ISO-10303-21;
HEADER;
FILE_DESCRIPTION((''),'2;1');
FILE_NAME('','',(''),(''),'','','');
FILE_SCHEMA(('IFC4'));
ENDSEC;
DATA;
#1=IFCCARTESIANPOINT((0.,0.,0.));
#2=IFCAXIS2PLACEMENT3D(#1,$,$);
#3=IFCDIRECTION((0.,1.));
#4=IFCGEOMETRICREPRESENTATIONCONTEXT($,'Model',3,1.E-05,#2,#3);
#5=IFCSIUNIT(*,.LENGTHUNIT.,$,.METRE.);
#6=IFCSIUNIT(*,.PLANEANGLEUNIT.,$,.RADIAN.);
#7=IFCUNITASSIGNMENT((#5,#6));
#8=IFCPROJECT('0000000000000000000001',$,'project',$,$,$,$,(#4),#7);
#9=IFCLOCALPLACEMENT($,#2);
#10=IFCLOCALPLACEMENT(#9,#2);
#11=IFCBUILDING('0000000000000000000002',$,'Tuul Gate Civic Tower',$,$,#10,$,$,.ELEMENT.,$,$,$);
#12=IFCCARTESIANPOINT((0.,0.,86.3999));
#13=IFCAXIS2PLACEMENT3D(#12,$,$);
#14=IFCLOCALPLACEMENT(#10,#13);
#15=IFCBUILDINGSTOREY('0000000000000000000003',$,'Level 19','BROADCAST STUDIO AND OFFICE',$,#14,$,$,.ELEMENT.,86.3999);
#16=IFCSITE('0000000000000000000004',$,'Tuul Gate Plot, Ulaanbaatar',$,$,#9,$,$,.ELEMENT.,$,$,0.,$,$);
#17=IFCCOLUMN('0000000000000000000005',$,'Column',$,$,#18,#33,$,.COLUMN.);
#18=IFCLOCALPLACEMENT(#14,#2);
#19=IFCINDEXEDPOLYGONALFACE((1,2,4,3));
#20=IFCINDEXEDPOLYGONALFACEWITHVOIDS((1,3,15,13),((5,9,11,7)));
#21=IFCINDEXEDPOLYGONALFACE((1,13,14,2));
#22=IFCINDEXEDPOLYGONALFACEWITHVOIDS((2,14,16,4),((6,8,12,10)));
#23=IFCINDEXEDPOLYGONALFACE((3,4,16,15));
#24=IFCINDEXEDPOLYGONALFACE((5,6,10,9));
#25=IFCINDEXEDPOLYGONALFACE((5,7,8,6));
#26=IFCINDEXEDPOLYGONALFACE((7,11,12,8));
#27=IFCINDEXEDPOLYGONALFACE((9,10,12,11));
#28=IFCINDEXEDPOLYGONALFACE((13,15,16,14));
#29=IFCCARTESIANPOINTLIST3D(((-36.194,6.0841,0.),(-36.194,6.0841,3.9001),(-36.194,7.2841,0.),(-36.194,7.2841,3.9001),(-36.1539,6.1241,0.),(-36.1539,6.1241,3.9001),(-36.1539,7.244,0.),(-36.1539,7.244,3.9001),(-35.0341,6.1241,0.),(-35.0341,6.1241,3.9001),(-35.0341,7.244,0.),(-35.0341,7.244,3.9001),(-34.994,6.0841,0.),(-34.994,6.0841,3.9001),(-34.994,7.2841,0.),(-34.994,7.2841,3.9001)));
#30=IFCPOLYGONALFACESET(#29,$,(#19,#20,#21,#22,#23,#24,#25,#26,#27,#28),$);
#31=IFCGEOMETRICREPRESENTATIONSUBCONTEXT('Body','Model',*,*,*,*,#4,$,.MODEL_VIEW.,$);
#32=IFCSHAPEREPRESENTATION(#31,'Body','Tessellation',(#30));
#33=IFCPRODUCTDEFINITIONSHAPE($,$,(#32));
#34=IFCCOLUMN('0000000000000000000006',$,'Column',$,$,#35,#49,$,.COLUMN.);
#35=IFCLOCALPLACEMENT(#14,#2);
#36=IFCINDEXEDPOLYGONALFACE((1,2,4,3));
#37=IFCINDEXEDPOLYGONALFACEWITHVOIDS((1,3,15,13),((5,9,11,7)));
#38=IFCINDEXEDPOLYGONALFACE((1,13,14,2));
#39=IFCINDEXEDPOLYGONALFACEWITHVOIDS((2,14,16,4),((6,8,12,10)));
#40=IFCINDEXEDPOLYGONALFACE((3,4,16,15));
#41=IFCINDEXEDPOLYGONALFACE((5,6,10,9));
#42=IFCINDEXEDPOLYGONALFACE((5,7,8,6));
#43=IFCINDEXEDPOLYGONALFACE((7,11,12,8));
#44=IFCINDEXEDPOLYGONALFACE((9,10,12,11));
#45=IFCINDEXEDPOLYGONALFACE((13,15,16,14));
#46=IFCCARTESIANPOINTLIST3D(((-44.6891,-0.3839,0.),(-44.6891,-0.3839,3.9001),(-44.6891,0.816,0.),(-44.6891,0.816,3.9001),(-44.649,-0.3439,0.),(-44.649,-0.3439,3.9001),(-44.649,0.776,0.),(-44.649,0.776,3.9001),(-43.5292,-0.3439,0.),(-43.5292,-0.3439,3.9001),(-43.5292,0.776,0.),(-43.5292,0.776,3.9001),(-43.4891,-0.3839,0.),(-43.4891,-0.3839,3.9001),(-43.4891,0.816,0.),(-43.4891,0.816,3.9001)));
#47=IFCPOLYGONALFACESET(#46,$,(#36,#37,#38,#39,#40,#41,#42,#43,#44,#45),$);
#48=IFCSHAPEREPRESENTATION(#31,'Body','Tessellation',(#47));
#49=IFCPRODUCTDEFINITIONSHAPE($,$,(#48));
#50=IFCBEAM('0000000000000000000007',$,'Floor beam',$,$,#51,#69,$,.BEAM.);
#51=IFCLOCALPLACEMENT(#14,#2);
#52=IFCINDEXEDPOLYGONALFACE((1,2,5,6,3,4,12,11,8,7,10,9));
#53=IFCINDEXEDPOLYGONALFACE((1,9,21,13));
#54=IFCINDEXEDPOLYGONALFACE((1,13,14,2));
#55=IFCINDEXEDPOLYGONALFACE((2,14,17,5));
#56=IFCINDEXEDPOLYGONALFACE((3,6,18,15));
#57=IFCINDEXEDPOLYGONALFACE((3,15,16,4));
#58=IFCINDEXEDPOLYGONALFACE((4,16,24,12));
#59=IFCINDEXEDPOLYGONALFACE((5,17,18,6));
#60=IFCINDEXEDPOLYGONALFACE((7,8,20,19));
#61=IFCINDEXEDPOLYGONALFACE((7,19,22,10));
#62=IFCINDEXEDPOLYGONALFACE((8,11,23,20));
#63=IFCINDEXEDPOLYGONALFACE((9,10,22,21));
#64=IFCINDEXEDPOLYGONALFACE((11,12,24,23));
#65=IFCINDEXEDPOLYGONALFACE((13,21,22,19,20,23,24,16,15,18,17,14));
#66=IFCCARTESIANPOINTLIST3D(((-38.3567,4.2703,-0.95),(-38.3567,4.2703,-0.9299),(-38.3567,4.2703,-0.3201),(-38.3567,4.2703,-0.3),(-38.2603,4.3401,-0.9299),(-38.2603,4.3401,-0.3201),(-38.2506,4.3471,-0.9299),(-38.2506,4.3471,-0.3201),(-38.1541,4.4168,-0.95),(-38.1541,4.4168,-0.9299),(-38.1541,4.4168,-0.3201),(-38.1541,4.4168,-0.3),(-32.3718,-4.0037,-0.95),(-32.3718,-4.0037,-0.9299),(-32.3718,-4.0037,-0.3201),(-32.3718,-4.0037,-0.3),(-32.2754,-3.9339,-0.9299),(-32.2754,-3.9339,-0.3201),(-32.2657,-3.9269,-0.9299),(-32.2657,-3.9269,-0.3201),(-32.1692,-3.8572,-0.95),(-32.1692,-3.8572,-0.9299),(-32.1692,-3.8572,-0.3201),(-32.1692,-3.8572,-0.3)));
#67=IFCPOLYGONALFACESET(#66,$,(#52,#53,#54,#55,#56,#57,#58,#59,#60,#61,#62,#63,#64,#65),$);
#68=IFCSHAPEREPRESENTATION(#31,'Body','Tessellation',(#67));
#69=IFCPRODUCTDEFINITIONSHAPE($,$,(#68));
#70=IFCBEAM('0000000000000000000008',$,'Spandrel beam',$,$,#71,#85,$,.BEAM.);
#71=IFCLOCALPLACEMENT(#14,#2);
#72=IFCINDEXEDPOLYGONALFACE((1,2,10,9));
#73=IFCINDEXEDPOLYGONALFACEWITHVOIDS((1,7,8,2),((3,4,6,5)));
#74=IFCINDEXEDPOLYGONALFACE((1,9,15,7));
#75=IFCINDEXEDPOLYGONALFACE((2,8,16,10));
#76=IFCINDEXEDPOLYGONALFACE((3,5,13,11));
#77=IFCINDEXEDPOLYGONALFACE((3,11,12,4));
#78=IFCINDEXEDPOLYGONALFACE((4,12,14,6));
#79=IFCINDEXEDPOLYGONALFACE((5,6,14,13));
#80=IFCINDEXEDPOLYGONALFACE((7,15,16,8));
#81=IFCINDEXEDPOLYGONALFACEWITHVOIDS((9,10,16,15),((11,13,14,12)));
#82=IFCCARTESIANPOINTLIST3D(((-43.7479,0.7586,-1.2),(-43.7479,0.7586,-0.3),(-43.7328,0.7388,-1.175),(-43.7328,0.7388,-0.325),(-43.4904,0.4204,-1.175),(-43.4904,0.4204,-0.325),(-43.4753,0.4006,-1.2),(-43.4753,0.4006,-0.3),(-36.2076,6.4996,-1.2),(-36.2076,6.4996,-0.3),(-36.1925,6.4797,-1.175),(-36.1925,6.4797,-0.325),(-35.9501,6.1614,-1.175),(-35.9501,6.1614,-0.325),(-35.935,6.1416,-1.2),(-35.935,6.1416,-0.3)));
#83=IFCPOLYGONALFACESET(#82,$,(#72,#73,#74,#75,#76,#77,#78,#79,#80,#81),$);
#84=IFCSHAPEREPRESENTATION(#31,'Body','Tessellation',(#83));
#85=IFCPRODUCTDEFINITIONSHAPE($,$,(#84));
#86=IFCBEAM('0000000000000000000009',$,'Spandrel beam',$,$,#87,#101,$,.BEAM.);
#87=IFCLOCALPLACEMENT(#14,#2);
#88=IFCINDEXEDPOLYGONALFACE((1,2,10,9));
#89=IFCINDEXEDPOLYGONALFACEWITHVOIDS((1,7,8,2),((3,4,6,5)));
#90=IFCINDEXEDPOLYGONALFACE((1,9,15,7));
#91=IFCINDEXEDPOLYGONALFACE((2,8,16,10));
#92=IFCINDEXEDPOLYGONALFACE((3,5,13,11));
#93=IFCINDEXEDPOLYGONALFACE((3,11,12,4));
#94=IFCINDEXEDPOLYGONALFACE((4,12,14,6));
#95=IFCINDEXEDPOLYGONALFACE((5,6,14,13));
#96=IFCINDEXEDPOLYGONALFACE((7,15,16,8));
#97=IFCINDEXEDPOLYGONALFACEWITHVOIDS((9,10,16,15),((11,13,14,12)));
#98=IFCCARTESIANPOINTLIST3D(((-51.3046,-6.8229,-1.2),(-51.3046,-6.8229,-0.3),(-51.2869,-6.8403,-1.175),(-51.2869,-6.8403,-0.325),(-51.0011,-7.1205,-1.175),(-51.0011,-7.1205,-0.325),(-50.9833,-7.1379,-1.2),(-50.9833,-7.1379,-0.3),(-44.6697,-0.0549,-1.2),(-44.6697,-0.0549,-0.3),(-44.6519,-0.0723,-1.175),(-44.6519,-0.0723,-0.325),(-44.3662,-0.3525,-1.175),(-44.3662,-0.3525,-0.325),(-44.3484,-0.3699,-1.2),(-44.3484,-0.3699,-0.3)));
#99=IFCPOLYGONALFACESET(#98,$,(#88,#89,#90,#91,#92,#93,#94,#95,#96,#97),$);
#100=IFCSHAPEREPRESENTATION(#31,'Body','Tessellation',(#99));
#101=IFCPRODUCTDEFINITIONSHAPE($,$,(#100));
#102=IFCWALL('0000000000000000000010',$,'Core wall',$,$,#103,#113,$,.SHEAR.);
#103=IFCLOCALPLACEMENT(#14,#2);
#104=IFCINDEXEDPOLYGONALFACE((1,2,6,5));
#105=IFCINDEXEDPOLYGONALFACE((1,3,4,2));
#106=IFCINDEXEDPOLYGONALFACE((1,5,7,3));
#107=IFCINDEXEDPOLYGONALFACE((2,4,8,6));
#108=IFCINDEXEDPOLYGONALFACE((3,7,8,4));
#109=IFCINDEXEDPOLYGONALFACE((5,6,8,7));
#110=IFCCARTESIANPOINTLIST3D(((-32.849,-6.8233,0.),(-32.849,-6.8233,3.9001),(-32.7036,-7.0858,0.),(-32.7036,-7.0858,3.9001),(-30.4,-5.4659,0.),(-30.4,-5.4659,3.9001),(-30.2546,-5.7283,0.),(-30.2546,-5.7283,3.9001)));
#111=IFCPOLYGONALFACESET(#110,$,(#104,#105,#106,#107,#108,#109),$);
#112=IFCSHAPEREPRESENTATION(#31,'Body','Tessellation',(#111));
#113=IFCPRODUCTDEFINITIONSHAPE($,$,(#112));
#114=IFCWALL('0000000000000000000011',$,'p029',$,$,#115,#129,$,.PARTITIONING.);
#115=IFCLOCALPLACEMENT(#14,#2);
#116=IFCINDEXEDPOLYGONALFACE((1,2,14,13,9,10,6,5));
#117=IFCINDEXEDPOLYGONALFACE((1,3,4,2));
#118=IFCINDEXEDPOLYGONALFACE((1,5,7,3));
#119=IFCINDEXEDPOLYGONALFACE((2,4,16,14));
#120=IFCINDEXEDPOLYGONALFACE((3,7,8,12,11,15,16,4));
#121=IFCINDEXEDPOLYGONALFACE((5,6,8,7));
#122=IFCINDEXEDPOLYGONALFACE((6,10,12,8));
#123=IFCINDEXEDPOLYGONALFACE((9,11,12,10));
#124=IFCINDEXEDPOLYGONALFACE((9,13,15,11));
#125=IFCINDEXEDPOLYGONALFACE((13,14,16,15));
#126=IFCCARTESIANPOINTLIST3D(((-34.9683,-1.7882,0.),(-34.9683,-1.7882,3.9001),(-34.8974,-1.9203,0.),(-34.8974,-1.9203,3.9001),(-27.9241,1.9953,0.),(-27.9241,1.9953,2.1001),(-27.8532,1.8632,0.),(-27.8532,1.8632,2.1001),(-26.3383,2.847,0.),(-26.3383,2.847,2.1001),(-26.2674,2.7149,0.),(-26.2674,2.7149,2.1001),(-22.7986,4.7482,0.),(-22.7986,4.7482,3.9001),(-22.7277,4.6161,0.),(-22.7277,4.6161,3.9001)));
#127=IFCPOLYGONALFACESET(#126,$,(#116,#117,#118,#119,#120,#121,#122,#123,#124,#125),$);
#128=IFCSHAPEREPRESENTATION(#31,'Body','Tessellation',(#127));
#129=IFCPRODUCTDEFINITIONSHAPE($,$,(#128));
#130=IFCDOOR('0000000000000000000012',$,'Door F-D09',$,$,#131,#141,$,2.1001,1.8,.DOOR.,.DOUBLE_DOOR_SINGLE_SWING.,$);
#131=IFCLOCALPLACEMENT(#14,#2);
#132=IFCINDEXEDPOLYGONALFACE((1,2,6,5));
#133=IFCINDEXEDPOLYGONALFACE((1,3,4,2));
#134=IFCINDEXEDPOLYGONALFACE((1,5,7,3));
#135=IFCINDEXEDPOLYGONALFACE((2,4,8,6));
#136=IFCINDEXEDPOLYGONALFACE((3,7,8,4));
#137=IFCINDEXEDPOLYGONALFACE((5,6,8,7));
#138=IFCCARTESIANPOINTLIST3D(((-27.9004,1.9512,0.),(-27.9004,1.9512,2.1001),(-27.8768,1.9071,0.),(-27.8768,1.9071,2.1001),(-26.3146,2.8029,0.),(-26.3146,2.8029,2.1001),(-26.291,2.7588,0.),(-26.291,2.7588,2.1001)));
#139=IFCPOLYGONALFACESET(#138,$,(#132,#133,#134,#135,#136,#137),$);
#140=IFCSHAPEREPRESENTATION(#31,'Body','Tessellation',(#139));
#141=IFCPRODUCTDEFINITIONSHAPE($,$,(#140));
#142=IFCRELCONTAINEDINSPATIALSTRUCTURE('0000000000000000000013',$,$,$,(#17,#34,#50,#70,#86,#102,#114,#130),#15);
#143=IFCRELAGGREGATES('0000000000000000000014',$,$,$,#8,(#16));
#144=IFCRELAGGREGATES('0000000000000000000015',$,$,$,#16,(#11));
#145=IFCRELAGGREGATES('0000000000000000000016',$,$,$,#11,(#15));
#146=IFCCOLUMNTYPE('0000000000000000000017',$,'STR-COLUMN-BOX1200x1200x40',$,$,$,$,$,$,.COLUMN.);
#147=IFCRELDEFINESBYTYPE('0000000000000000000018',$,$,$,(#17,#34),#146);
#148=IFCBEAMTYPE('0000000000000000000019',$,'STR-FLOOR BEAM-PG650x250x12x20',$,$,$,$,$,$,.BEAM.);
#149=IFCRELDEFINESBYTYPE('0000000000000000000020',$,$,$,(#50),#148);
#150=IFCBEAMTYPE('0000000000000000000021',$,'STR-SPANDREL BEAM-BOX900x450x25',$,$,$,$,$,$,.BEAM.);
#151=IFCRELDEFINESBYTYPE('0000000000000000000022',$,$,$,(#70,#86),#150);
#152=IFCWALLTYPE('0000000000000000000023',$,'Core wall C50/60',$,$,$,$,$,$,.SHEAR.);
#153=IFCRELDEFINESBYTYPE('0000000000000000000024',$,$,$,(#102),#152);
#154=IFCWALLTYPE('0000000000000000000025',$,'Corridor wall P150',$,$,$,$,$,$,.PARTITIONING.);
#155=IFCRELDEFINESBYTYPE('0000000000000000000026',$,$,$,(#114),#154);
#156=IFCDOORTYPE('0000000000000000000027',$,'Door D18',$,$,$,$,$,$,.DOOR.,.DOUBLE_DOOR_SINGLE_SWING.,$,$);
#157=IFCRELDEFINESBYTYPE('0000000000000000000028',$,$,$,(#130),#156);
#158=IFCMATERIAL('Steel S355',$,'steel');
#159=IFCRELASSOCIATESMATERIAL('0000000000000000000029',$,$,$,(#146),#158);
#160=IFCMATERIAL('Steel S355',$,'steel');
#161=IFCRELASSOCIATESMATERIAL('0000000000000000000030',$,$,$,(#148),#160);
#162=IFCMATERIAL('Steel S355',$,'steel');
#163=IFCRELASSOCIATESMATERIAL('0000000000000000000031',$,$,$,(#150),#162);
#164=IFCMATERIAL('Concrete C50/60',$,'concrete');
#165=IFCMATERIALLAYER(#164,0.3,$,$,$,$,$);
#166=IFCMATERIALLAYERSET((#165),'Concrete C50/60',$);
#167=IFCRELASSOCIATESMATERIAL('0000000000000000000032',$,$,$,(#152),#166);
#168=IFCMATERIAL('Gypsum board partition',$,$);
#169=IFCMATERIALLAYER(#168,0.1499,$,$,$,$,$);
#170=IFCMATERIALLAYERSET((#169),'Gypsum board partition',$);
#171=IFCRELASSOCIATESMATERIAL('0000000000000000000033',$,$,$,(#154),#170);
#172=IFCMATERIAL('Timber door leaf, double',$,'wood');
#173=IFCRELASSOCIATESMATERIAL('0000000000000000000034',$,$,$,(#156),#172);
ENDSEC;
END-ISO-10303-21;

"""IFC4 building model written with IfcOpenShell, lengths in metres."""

from ifc_helpers import new_model, si_unit, direction, frame, frame_2d, origin, origin_2d, place, context, subcontext, project, spatial, rectangle, hollow_rectangle, i_section, extrude, material, layer, layer_set, material_profile, profile_set, type_object, element, fill, save


model = new_model("IFC4")

# Units and contexts
model_context = context("Model", 3, precision=1e-05, world=origin(), true_north=direction((0.0, 1.0)))
body_context = subcontext(model_context, "Body", "Model", "MODEL_VIEW")
ifc_project = project(units=[si_unit("LENGTHUNIT", "METRE"), si_unit("PLANEANGLEUNIT", "RADIAN")], contexts=[model_context])

# Site, building, storey
site_placement = place(None, origin())
site = spatial("IfcSite", under=ifc_project, at=site_placement, Name="Tuul Gate Plot, Ulaanbaatar", CompositionType="ELEMENT", RefElevation=0.0)
building_placement = place(site_placement, origin())
building = spatial("IfcBuilding", under=site, at=building_placement, Name="Tuul Gate Civic Tower", CompositionType="ELEMENT")
storey_placement = place(building_placement, frame((0.0, 0.0, 86.3999)))
storey = spatial("IfcBuildingStorey", under=building, at=storey_placement, Name="Level 19", Description="BROADCAST STUDIO AND OFFICE", CompositionType="ELEMENT", Elevation=86.3999)

# Columns
ifc_material_1 = material(Name="Steel S355", Category="steel")
ifc_material_profile_1 = material_profile(ifc_material_1, hollow_rectangle(XDim=1.2, YDim=1.2, WallThickness=0.04, at=origin_2d()), Name="BOX1200x1200x40")
ifc_profile_set_1 = profile_set([ifc_material_profile_1], Name="Steel S355")
column_type = type_object("IfcColumnType", Name="STR-COLUMN-BOX1200x1200x40", PredefinedType="COLUMN", material=ifc_profile_set_1)
for number, where, z_axis, x_axis, name in (
    (1, (-35.594, 6.6841, 0.0), (0.0, 0.0, 1.0), (1.0, 0.0, 0.0), "Column"),
    (2, (-44.0891, 0.2161, 0.0), (0.0, 0.0, 1.0), (1.0, 0.0, 0.0), "Column"),
):
    element("IfcColumn", number, at=place(storey_placement, frame(where, z_axis=z_axis, x_axis=x_axis)), inside=storey, type_object=column_type, Name=name, PredefinedType="COLUMN", context=body_context, shape_type="SweptSolid", body=[
        extrude(hollow_rectangle(XDim=1.2, YDim=1.2, WallThickness=0.04, at=origin_2d()), origin(), (0.0, 0.0, 1.0), 3.9001),
    ])

# Beams
ifc_material_2 = material(Name="Steel S355", Category="steel")
ifc_material_profile_2 = material_profile(ifc_material_2, i_section(OverallWidth=0.25, OverallDepth=0.6499, WebThickness=0.012, FlangeThickness=0.02, at=origin_2d()), Name="PG650x250x12x20")
ifc_profile_set_2 = profile_set([ifc_material_profile_2], Name="Steel S355")
beam_type_1 = type_object("IfcBeamType", Name="STR-FLOOR BEAM-PG650x250x12x20", PredefinedType="BEAM", material=ifc_profile_set_2)
beam_1_placement = place(storey_placement, frame((-32.2705, -3.9304, -0.625), z_axis=(-0.586086, 0.810249, 0.0), x_axis=(-0.810249, -0.586086, 0.0)))
element("IfcBeam", 3, at=beam_1_placement, inside=storey, type_object=beam_type_1, Name="Floor beam", PredefinedType="BEAM", context=body_context, shape_type="SweptSolid", body=[
    extrude(i_section(OverallWidth=0.25, OverallDepth=0.6499, WebThickness=0.012, FlangeThickness=0.02, at=origin_2d()), origin(), (0.0, 0.0, 1.0), 10.2117),
])
ifc_material_3 = material(Name="Steel S355", Category="steel")
ifc_material_profile_3 = material_profile(ifc_material_3, hollow_rectangle(XDim=0.45, YDim=0.8999, WallThickness=0.0249, at=origin_2d()), Name="BOX900x450x25")
ifc_profile_set_3 = profile_set([ifc_material_profile_3], Name="Steel S355")
beam_type_2 = type_object("IfcBeamType", Name="STR-SPANDREL BEAM-BOX900x450x25", PredefinedType="BEAM", material=ifc_profile_set_3)
beam_2_placement = place(storey_placement, frame((-36.0713, 6.3206, -0.75), z_axis=(-0.795636, -0.605775, 0.0), x_axis=(0.605775, -0.795636, 0.0)))
element("IfcBeam", 4, at=beam_2_placement, inside=storey, type_object=beam_type_2, Name="Spandrel beam", PredefinedType="BEAM", context=body_context, shape_type="SweptSolid", body=[
    extrude(hollow_rectangle(XDim=0.45, YDim=0.8999, WallThickness=0.0249, at=origin_2d()), origin(), (0.0, 0.0, 1.0), 9.4771),
])
beam_3_placement = place(storey_placement, frame((-44.509, -0.2124, -0.75), z_axis=(-0.700053, -0.714091, 0.0), x_axis=(0.714091, -0.700053, 0.0)))
element("IfcBeam", 5, at=beam_3_placement, inside=storey, type_object=beam_type_2, Name="Spandrel beam", PredefinedType="BEAM", context=body_context, shape_type="SweptSolid", body=[
    extrude(hollow_rectangle(XDim=0.45, YDim=0.8999, WallThickness=0.0249, at=origin_2d()), origin(), (0.0, 0.0, 1.0), 9.4778),
])

# Wall
ifc_material_4 = material(Name="Concrete C50/60", Category="concrete")
ifc_layer_1 = layer(ifc_material_4, 0.3)
ifc_layer_set_1 = layer_set([ifc_layer_1], Name="Concrete C50/60")
wall_type_1 = type_object("IfcWallType", Name="Core wall C50/60", PredefinedType="SHEAR", material=ifc_layer_set_1)
wall_1_placement = place(storey_placement, frame((-30.3274, -5.5972, 0.0), z_axis=(0.0, 0.0, 1.0), x_axis=(-0.87463, -0.484791, 0.0)))
element("IfcWall", 6, at=wall_1_placement, inside=storey, type_object=wall_type_1, Name="Core wall", PredefinedType="SHEAR", context=body_context, shape_type="SweptSolid", body=[
    extrude(rectangle(XDim=2.8, YDim=0.3, at=frame_2d((1.3999, 0.0))), origin(), (0.0, 0.0, 1.0), 3.9001),
])

# Wall, opening, door
ifc_material_5 = material(Name="Gypsum board partition")
ifc_layer_2 = layer(ifc_material_5, 0.1499)
ifc_layer_set_2 = layer_set([ifc_layer_2], Name="Gypsum board partition")
wall_type_2 = type_object("IfcWallType", Name="Corridor wall P150", PredefinedType="PARTITIONING", material=ifc_layer_set_2)
wall_2_placement = place(storey_placement, frame((-34.9329, -1.8542, 0.0), z_axis=(0.0, 0.0, 1.0), x_axis=(0.88097, 0.473172, 0.0)))
wall_2 = element("IfcWall", 7, at=wall_2_placement, inside=storey, type_object=wall_type_2, Name="p029", PredefinedType="PARTITIONING", context=body_context, shape_type="SweptSolid", body=[
    extrude(rectangle(XDim=13.814, YDim=0.1499, at=frame_2d((6.907, 0.0))), origin(), (0.0, 0.0, 1.0), 3.9001),
])
opening_1_placement = place(wall_2_placement, frame((7.9961, 0.0, 0.0)))
opening_1 = element("IfcOpeningElement", 8, at=opening_1_placement, cuts=wall_2, PredefinedType="OPENING", context=body_context, shape_type="SweptSolid", body=[
    extrude(rectangle(XDim=1.8, YDim=2.1001, at=frame_2d((0.8999, 1.05))), frame((0.0, 0.085, 0.0), z_axis=(0.0, -1.0, 0.0), x_axis=(1.0, 0.0, 0.0)), (0.0, 0.0, 1.0), 0.1699),
])
ifc_material_6 = material(Name="Timber door leaf, double", Category="wood")
door_type_1 = type_object("IfcDoorType", Name="Door D18", OperationType="DOUBLE_DOOR_SINGLE_SWING", PredefinedType="DOOR", material=ifc_material_6)
door_1_placement = place(opening_1_placement, origin())
door_1 = element("IfcDoor", 9, at=door_1_placement, inside=storey, type_object=door_type_1, Name="Door F-D09", OperationType="DOUBLE_DOOR_SINGLE_SWING", OverallHeight=2.1001, OverallWidth=1.8, PredefinedType="DOOR", context=body_context, shape_type="SweptSolid", body=[
    extrude(rectangle(XDim=1.8, YDim=2.1001, at=frame_2d((0.8999, 1.05))), frame((0.0, 0.0249, 0.0), z_axis=(0.0, -1.0, 0.0), x_axis=(1.0, 0.0, 0.0)), (0.0, 0.0, 1.0), 0.05),
])
fill(opening_1, door_1)

save(model, "model.ifc")
